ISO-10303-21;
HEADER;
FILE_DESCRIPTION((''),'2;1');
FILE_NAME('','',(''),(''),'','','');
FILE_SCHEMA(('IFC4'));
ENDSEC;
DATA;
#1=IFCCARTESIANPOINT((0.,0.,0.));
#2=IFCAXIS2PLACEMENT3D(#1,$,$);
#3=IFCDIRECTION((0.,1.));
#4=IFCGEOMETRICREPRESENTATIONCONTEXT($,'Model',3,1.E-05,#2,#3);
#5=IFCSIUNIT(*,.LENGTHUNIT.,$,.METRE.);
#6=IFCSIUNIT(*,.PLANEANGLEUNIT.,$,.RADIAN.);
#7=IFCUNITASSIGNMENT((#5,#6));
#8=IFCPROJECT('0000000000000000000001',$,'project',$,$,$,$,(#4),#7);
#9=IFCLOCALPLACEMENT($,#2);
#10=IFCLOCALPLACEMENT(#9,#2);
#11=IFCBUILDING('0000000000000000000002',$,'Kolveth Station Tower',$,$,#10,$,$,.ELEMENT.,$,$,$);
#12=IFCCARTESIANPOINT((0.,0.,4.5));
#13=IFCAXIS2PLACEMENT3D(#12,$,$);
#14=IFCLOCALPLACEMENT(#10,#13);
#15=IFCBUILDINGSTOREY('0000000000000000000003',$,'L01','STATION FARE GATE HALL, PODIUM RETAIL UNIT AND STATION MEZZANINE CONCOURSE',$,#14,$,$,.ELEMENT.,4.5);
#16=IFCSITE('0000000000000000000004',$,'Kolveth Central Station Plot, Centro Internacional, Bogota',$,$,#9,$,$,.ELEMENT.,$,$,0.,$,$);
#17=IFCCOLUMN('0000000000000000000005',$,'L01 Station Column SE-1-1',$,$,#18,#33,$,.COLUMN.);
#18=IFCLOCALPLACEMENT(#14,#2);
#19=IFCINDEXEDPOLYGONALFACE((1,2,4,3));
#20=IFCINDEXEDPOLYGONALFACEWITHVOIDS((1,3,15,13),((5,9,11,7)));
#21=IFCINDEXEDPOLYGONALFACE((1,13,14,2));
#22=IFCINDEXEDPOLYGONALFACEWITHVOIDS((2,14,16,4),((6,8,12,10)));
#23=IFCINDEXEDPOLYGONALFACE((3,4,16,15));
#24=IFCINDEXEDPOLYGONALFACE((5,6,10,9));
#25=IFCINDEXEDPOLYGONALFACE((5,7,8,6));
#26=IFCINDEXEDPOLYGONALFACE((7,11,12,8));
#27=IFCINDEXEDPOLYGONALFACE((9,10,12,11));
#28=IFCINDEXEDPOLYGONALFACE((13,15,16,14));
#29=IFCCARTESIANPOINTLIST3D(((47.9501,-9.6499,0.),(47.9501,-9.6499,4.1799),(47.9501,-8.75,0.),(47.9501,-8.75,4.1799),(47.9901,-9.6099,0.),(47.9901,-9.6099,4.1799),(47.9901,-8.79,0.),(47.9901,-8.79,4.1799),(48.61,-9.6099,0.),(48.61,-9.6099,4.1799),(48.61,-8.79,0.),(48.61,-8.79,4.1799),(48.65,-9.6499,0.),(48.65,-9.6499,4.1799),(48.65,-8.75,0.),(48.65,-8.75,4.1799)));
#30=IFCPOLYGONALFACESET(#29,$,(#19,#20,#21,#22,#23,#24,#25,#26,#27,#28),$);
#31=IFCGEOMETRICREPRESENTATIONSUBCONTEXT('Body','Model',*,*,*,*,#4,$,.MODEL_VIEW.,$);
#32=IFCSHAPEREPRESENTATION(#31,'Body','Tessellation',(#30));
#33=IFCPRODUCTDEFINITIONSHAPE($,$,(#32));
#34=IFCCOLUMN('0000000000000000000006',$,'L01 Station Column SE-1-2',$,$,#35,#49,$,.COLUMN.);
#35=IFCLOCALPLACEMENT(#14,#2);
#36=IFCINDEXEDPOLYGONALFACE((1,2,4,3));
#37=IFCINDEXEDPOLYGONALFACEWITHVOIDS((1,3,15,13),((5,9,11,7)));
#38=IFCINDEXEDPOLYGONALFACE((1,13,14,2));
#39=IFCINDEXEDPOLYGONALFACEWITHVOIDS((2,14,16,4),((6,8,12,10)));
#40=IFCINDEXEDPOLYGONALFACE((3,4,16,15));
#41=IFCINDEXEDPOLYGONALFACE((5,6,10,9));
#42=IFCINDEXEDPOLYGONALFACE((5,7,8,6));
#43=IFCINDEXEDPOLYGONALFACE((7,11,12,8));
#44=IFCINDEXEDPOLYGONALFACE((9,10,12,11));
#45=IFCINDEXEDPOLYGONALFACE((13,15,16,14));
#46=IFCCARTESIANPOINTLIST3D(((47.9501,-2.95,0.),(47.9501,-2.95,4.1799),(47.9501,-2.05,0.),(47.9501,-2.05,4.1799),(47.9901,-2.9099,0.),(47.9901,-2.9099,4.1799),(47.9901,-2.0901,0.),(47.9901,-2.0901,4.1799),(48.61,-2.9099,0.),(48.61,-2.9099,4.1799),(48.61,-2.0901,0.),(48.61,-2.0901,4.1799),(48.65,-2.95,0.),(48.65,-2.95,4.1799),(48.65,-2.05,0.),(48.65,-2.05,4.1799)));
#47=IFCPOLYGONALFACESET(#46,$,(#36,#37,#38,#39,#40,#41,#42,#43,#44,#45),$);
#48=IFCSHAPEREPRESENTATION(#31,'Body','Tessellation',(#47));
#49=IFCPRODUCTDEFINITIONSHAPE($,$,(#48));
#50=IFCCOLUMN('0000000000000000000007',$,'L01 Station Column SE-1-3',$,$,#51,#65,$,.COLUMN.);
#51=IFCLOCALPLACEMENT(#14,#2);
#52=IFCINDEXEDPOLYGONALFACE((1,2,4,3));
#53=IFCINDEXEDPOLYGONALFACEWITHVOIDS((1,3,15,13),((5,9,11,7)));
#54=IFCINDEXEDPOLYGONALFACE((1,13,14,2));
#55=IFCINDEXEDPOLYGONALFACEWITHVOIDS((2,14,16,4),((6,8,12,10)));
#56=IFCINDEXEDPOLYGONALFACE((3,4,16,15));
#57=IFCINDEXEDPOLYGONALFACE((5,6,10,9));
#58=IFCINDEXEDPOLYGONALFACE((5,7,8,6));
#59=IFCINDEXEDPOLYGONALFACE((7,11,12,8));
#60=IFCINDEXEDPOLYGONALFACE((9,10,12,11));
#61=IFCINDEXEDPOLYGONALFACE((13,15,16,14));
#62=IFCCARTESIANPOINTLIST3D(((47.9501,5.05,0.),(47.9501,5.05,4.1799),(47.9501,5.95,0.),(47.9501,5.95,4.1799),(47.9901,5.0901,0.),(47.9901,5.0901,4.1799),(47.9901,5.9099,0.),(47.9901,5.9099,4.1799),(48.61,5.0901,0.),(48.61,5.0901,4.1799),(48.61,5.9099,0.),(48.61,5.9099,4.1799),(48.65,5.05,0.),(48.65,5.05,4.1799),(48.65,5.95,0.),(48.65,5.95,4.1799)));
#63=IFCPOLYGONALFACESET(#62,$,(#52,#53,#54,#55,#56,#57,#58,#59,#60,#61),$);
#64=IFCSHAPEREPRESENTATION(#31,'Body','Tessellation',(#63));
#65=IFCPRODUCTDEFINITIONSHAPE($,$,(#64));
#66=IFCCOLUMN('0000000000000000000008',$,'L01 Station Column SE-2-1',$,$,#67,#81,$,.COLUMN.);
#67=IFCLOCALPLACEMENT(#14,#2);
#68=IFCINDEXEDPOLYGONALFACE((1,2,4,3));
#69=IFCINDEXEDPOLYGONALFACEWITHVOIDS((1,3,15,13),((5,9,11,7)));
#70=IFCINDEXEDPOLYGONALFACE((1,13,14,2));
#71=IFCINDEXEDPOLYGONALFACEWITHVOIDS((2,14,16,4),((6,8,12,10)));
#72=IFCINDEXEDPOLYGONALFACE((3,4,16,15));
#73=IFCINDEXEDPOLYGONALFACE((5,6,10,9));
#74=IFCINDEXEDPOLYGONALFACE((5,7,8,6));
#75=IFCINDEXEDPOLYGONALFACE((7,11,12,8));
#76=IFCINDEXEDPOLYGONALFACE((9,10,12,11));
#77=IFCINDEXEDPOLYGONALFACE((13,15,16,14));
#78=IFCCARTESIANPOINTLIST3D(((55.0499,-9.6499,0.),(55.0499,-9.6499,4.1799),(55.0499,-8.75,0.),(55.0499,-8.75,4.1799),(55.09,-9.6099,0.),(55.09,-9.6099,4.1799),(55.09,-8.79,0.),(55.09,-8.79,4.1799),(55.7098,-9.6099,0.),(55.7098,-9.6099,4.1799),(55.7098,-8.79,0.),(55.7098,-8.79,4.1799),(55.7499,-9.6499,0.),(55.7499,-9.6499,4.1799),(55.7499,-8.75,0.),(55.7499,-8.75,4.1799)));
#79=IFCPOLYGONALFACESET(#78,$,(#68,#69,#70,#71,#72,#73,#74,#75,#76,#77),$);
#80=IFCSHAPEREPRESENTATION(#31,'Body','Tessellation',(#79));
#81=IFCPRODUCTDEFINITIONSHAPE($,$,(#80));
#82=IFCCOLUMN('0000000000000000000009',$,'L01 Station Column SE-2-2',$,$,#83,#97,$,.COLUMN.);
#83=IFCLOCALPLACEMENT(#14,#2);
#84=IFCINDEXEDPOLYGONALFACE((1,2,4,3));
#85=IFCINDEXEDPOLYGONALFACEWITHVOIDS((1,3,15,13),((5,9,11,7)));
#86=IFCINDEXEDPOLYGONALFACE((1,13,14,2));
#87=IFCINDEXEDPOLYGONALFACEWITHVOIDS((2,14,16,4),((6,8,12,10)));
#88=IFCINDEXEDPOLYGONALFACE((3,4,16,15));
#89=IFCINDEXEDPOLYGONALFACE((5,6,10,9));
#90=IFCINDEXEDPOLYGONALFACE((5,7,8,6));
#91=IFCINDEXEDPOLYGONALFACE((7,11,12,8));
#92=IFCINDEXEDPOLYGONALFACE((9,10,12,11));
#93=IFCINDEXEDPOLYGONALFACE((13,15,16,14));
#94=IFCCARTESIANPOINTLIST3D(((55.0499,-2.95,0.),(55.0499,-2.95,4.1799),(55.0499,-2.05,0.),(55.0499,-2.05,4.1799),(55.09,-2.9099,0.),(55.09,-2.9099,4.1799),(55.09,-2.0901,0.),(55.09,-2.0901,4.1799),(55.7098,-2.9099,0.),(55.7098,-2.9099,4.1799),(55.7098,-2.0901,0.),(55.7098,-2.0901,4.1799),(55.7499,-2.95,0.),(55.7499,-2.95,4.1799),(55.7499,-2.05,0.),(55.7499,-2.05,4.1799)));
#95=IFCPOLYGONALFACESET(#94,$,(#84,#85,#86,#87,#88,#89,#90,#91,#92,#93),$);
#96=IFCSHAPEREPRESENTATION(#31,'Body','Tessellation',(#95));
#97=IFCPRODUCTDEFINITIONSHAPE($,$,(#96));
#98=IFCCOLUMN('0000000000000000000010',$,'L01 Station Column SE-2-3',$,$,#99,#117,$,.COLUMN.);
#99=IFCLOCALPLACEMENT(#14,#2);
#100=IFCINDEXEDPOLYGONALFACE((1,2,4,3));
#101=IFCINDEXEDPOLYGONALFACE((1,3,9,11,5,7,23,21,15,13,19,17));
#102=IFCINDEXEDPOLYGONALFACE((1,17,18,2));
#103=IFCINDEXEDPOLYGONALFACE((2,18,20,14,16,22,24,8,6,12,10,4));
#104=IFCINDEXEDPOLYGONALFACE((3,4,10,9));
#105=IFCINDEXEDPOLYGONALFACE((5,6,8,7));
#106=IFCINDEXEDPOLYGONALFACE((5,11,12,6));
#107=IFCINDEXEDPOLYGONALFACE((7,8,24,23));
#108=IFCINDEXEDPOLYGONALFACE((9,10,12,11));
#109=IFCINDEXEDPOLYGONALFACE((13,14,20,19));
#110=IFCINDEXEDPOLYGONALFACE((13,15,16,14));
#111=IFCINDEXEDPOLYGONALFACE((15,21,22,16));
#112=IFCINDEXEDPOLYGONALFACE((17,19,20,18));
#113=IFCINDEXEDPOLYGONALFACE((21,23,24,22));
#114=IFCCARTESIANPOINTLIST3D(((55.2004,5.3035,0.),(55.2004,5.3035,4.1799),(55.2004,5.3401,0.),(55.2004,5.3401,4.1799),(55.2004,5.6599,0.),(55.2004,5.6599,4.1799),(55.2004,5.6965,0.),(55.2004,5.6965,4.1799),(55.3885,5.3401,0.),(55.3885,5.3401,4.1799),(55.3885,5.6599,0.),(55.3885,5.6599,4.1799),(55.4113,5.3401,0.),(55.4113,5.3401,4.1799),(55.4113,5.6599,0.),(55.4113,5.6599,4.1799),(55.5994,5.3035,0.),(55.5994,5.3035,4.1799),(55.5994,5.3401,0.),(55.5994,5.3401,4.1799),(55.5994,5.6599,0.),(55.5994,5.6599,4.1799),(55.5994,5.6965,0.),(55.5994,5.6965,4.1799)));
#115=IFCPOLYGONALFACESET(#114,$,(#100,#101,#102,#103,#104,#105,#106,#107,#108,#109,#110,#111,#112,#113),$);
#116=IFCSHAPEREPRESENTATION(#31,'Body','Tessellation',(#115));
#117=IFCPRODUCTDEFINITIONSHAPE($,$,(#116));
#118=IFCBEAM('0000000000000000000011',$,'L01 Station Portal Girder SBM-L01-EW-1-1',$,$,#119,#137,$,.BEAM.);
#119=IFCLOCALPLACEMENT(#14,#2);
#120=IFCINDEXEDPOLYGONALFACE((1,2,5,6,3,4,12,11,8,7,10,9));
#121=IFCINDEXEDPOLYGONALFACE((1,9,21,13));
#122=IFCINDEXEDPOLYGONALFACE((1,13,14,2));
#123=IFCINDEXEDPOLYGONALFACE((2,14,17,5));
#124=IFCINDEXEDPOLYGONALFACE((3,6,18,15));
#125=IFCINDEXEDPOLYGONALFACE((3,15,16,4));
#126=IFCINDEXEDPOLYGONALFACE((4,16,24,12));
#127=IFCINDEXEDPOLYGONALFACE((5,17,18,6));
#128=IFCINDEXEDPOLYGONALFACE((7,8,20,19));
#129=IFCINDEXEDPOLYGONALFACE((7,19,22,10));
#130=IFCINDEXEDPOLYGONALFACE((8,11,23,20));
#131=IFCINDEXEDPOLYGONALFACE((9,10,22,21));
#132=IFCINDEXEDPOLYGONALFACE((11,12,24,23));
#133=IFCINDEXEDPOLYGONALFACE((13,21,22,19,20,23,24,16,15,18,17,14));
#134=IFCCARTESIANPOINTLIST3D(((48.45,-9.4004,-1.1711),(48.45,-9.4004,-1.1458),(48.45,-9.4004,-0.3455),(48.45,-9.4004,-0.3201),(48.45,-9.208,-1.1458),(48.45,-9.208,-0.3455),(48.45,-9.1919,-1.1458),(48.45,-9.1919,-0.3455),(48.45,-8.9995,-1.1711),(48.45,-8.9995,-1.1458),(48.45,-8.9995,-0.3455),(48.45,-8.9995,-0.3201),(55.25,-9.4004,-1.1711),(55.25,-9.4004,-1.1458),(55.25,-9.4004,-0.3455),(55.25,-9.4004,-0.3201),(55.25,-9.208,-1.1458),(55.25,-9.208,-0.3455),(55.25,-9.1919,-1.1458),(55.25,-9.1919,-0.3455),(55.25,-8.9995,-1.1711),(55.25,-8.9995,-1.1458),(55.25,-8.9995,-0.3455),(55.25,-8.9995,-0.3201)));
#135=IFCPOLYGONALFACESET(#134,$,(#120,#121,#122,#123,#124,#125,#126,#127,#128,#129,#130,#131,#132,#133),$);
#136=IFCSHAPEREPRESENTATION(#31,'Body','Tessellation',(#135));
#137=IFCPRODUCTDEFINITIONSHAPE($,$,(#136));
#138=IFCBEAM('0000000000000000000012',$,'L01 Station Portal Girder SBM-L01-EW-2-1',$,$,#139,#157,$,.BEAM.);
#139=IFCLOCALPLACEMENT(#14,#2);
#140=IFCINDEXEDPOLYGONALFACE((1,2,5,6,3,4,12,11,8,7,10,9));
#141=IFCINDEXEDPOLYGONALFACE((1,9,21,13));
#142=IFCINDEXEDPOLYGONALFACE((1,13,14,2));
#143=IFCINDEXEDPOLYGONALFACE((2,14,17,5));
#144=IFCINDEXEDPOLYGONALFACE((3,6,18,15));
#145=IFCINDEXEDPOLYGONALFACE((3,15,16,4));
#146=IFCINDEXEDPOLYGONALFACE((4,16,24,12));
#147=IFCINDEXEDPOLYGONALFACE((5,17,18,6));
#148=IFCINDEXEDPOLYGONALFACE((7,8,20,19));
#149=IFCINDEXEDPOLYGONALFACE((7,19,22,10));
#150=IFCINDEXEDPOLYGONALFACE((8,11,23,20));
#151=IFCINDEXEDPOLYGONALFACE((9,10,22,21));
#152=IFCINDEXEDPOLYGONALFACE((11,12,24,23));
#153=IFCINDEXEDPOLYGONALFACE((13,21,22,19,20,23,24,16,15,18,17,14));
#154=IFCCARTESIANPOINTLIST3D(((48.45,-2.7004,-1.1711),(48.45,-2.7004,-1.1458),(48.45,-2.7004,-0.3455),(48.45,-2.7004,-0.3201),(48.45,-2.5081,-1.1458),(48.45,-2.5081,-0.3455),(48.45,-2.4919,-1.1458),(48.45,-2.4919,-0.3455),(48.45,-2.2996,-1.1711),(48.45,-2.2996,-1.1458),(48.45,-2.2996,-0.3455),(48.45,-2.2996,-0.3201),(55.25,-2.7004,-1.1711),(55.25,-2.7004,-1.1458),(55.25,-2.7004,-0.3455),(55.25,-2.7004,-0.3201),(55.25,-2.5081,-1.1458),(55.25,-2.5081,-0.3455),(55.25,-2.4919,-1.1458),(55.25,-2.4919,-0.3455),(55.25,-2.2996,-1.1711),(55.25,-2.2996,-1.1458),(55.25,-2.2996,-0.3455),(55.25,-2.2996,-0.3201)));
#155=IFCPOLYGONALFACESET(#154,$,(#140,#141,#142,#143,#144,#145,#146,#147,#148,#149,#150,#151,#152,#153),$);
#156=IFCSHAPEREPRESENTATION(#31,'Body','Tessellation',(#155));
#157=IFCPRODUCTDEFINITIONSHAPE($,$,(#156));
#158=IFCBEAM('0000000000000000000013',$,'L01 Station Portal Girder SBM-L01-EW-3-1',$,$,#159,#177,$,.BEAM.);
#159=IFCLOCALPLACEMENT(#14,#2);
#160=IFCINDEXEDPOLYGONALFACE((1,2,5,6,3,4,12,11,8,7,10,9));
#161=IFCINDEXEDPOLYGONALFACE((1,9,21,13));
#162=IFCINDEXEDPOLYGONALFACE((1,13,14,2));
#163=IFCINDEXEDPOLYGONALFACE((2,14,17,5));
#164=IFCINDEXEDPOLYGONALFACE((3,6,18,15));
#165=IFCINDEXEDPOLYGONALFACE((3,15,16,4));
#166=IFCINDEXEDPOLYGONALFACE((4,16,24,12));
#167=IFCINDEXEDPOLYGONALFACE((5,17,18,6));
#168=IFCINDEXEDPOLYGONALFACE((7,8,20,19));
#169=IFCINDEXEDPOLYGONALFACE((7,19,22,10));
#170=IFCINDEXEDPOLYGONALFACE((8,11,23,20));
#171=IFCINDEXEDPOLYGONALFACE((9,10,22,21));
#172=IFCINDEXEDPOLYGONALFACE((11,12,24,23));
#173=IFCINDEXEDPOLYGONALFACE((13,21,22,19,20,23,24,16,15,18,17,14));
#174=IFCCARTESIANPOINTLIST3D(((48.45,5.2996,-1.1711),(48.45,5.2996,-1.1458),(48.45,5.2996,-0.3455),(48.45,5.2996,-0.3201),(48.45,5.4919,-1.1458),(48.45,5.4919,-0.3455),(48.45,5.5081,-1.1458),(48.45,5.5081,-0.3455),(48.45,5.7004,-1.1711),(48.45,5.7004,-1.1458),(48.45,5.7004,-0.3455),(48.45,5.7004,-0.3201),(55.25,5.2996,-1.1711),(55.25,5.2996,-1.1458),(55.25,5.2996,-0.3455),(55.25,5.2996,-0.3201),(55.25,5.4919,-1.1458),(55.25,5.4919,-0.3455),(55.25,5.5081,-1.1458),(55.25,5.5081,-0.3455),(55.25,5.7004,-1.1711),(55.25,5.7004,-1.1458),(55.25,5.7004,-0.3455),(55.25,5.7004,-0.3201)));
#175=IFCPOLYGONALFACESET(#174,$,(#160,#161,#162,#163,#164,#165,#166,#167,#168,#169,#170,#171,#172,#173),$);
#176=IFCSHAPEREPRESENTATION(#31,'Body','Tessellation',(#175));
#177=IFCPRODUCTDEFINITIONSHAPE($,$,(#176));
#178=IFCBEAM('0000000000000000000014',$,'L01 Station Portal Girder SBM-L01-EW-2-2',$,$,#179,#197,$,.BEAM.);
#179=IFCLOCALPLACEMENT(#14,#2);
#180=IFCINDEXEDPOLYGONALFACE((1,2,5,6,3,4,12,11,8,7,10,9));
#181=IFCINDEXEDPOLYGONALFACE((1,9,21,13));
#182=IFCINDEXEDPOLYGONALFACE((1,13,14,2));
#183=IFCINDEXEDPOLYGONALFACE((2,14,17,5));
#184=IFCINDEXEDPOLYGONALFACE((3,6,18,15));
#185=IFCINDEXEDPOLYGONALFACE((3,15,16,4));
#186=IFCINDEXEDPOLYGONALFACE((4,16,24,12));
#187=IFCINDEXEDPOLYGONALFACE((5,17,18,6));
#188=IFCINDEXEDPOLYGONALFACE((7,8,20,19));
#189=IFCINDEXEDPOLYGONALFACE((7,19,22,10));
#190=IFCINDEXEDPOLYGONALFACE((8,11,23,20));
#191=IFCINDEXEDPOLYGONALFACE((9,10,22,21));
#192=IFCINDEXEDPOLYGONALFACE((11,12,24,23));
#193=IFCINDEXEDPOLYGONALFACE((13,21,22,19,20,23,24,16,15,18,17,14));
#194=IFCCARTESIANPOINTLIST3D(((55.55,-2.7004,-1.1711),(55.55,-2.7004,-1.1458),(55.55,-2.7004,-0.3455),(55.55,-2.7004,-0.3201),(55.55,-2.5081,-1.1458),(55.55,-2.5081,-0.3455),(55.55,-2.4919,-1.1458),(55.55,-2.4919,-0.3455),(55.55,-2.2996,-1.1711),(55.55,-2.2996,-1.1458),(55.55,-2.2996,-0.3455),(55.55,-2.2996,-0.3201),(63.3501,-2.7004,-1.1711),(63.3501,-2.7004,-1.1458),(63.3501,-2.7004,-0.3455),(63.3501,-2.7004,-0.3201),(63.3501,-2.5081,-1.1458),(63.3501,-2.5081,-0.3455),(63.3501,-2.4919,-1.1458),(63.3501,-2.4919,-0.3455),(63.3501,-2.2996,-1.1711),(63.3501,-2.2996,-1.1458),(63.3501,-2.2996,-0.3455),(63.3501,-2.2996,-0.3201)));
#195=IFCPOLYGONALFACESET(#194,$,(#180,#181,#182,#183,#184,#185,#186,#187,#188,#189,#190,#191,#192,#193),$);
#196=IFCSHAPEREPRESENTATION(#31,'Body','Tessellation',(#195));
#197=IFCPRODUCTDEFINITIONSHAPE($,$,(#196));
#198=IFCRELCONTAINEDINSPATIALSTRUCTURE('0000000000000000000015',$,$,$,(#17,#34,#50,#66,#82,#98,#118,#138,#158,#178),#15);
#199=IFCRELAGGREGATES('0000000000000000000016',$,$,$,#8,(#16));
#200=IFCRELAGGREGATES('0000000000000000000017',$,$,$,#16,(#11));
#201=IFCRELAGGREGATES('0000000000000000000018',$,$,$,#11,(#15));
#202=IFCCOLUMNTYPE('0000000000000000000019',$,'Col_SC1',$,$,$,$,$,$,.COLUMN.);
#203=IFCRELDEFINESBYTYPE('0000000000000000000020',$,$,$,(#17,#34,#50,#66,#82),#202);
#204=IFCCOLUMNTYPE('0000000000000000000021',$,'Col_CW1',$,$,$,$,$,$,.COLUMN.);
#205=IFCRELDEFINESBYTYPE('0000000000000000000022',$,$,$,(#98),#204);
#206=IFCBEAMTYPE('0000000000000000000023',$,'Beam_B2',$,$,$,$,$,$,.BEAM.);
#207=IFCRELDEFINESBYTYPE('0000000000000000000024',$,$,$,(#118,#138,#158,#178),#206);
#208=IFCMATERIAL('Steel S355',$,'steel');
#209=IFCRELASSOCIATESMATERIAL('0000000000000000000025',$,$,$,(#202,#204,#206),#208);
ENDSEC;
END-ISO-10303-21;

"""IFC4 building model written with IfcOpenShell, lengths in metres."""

from ifc_helpers import new_model, si_unit, direction, frame, origin, origin_2d, place, context, subcontext, project, spatial, hollow_rectangle, i_section, extrude, source, transform, mapped, material, material_profile, profile_set, type_object, element, save


model = new_model("IFC4")

# Units and contexts
model_context = context("Model", 3, precision=1e-05, world=origin(), true_north=direction((0.0, 1.0)))
body_context = subcontext(model_context, "Body", "Model", "MODEL_VIEW")
ifc_project = project(units=[si_unit("LENGTHUNIT", "METRE"), si_unit("PLANEANGLEUNIT", "RADIAN")], contexts=[model_context])

# Site, building, storey
site_placement = place(None, origin())
site = spatial("IfcSite", under=ifc_project, at=site_placement, Name="Kolveth Central Station Plot, Centro Internacional, Bogota", CompositionType="ELEMENT", RefElevation=0.0)
building_placement = place(site_placement, origin())
building = spatial("IfcBuilding", under=site, at=building_placement, Name="Kolveth Station Tower", CompositionType="ELEMENT")
storey_placement = place(building_placement, frame((0.0, 0.0, 4.5)))
storey = spatial("IfcBuildingStorey", under=building, at=storey_placement, Name="L01", Description="STATION FARE GATE HALL, PODIUM RETAIL UNIT AND STATION MEZZANINE CONCOURSE", CompositionType="ELEMENT", Elevation=4.5)

# Columns
ifc_material_1 = material(Name="Steel S355", Category="steel")
ifc_material_profile_1 = material_profile(ifc_material_1, hollow_rectangle(XDim=0.7, YDim=0.8999, WallThickness=0.04, at=origin_2d()), Name="BOX900x700x40")
ifc_profile_set_1 = profile_set([ifc_material_profile_1], Name="Steel S355")
column_type_1 = type_object("IfcColumnType", Name="Col_SC1", PredefinedType="COLUMN", material=ifc_profile_set_1)
shared_shape_1 = source(origin(), body_context, "Body", "SweptSolid", [
    extrude(hollow_rectangle(XDim=0.7, YDim=0.8999, WallThickness=0.04, at=origin_2d()), origin(), (0.0, 0.0, 1.0), 4.1799),
])
for number, where, z_axis, x_axis, name in (
    (1, (48.3, -9.2, 0.0), (0.0, 0.0, 1.0), (1.0, 0.0, 0.0), "L01 Station Column SE-1-1"),
    (2, (48.3, -2.5, 0.0), (0.0, 0.0, 1.0), (1.0, 0.0, 0.0), "L01 Station Column SE-1-2"),
    (3, (48.3, 5.5, 0.0), (0.0, 0.0, 1.0), (1.0, 0.0, 0.0), "L01 Station Column SE-1-3"),
    (4, (55.3999, -9.2, 0.0), (0.0, 0.0, 1.0), (1.0, 0.0, 0.0), "L01 Station Column SE-2-1"),
    (5, (55.3999, -2.5, 0.0), (0.0, 0.0, 1.0), (1.0, 0.0, 0.0), "L01 Station Column SE-2-2"),
):
    element("IfcColumn", number, at=place(storey_placement, frame(where, z_axis=z_axis, x_axis=x_axis)), inside=storey, type_object=column_type_1, Name=name, PredefinedType="COLUMN", context=body_context, shape_type="MappedRepresentation", body=[
        mapped(shared_shape_1, transform((0.0, 0.0, 0.0), x_axis=(1.0, 0.0, 0.0), y_axis=(0.0, 1.0, 0.0), z_axis=(0.0, 0.0, 1.0), scale=1.0)),
    ])
ifc_material_profile_2 = material_profile(ifc_material_1, i_section(OverallWidth=0.3989, OverallDepth=0.3931, WebThickness=0.0227, FlangeThickness=0.0366, at=origin_2d()), Name="W360x287")
ifc_profile_set_2 = profile_set([ifc_material_profile_2], Name="Steel S355")
column_type_2 = type_object("IfcColumnType", Name="Col_CW1", PredefinedType="COLUMN", material=ifc_profile_set_2)
shared_shape_2 = source(origin(), body_context, "Body", "SweptSolid", [
    extrude(i_section(OverallWidth=0.3989, OverallDepth=0.3931, WebThickness=0.0227, FlangeThickness=0.0366, at=origin_2d()), origin(), (0.0, 0.0, 1.0), 4.1799),
])
column_placement = place(storey_placement, frame((55.3999, 5.5, 0.0), z_axis=(0.0, 0.0, 1.0), x_axis=(1.0, 0.0, 0.0)))
element("IfcColumn", 6, at=column_placement, inside=storey, type_object=column_type_2, Name="L01 Station Column SE-2-3", PredefinedType="COLUMN", context=body_context, shape_type="MappedRepresentation", body=[
    mapped(shared_shape_2, transform((0.0, 0.0, 0.0), x_axis=(1.0, 0.0, 0.0), y_axis=(0.0, 1.0, 0.0), z_axis=(0.0, 0.0, 1.0), scale=1.0)),
])

# Beams
ifc_material_profile_3 = material_profile(ifc_material_1, i_section(OverallWidth=0.4009, OverallDepth=0.8511, WebThickness=0.0161, FlangeThickness=0.0254, at=origin_2d()), Name="W840x226")
ifc_profile_set_3 = profile_set([ifc_material_profile_3], Name="Steel S355")
beam_type_1 = type_object("IfcBeamType", Name="Beam_B2", PredefinedType="BEAM", material=ifc_profile_set_3)
shared_shape_3 = source(origin(), body_context, "Body", "SweptSolid", [
    extrude(i_section(OverallWidth=0.4009, OverallDepth=0.8511, WebThickness=0.0161, FlangeThickness=0.0254, at=origin_2d()), origin(), (0.0, 0.0, 1.0), 6.8),
])
for number, where, z_axis, x_axis, name in (
    (7, (48.45, -9.2, -0.7456), (1.0, 0.0, 0.0), (0.0, 1.0, 0.0), "L01 Station Portal Girder SBM-L01-EW-1-1"),
    (8, (48.45, -2.5, -0.7456), (1.0, 0.0, 0.0), (0.0, 1.0, 0.0), "L01 Station Portal Girder SBM-L01-EW-2-1"),
    (9, (48.45, 5.5, -0.7456), (1.0, 0.0, 0.0), (0.0, 1.0, 0.0), "L01 Station Portal Girder SBM-L01-EW-3-1"),
):
    element("IfcBeam", number, at=place(storey_placement, frame(where, z_axis=z_axis, x_axis=x_axis)), inside=storey, type_object=beam_type_1, Name=name, PredefinedType="BEAM", context=body_context, shape_type="MappedRepresentation", body=[
        mapped(shared_shape_3, transform((0.0, 0.0, 0.0), x_axis=(1.0, 0.0, 0.0), y_axis=(0.0, 1.0, 0.0), z_axis=(0.0, 0.0, 1.0), scale=1.0)),
    ])
shared_shape_4 = source(origin(), body_context, "Body", "SweptSolid", [
    extrude(i_section(OverallWidth=0.4009, OverallDepth=0.8511, WebThickness=0.0161, FlangeThickness=0.0254, at=origin_2d()), origin(), (0.0, 0.0, 1.0), 7.8),
])
for number, where, z_axis, x_axis, name in (
    (10, (55.55, -2.5, -0.7456), (1.0, 0.0, 0.0), (0.0, 1.0, 0.0), "L01 Station Portal Girder SBM-L01-EW-2-2"),
):
    element("IfcBeam", number, at=place(storey_placement, frame(where, z_axis=z_axis, x_axis=x_axis)), inside=storey, type_object=beam_type_1, Name=name, PredefinedType="BEAM", context=body_context, shape_type="MappedRepresentation", body=[
        mapped(shared_shape_4, transform((0.0, 0.0, 0.0), x_axis=(1.0, 0.0, 0.0), y_axis=(0.0, 1.0, 0.0), z_axis=(0.0, 0.0, 1.0), scale=1.0)),
    ])

save(model, "model.ifc")
